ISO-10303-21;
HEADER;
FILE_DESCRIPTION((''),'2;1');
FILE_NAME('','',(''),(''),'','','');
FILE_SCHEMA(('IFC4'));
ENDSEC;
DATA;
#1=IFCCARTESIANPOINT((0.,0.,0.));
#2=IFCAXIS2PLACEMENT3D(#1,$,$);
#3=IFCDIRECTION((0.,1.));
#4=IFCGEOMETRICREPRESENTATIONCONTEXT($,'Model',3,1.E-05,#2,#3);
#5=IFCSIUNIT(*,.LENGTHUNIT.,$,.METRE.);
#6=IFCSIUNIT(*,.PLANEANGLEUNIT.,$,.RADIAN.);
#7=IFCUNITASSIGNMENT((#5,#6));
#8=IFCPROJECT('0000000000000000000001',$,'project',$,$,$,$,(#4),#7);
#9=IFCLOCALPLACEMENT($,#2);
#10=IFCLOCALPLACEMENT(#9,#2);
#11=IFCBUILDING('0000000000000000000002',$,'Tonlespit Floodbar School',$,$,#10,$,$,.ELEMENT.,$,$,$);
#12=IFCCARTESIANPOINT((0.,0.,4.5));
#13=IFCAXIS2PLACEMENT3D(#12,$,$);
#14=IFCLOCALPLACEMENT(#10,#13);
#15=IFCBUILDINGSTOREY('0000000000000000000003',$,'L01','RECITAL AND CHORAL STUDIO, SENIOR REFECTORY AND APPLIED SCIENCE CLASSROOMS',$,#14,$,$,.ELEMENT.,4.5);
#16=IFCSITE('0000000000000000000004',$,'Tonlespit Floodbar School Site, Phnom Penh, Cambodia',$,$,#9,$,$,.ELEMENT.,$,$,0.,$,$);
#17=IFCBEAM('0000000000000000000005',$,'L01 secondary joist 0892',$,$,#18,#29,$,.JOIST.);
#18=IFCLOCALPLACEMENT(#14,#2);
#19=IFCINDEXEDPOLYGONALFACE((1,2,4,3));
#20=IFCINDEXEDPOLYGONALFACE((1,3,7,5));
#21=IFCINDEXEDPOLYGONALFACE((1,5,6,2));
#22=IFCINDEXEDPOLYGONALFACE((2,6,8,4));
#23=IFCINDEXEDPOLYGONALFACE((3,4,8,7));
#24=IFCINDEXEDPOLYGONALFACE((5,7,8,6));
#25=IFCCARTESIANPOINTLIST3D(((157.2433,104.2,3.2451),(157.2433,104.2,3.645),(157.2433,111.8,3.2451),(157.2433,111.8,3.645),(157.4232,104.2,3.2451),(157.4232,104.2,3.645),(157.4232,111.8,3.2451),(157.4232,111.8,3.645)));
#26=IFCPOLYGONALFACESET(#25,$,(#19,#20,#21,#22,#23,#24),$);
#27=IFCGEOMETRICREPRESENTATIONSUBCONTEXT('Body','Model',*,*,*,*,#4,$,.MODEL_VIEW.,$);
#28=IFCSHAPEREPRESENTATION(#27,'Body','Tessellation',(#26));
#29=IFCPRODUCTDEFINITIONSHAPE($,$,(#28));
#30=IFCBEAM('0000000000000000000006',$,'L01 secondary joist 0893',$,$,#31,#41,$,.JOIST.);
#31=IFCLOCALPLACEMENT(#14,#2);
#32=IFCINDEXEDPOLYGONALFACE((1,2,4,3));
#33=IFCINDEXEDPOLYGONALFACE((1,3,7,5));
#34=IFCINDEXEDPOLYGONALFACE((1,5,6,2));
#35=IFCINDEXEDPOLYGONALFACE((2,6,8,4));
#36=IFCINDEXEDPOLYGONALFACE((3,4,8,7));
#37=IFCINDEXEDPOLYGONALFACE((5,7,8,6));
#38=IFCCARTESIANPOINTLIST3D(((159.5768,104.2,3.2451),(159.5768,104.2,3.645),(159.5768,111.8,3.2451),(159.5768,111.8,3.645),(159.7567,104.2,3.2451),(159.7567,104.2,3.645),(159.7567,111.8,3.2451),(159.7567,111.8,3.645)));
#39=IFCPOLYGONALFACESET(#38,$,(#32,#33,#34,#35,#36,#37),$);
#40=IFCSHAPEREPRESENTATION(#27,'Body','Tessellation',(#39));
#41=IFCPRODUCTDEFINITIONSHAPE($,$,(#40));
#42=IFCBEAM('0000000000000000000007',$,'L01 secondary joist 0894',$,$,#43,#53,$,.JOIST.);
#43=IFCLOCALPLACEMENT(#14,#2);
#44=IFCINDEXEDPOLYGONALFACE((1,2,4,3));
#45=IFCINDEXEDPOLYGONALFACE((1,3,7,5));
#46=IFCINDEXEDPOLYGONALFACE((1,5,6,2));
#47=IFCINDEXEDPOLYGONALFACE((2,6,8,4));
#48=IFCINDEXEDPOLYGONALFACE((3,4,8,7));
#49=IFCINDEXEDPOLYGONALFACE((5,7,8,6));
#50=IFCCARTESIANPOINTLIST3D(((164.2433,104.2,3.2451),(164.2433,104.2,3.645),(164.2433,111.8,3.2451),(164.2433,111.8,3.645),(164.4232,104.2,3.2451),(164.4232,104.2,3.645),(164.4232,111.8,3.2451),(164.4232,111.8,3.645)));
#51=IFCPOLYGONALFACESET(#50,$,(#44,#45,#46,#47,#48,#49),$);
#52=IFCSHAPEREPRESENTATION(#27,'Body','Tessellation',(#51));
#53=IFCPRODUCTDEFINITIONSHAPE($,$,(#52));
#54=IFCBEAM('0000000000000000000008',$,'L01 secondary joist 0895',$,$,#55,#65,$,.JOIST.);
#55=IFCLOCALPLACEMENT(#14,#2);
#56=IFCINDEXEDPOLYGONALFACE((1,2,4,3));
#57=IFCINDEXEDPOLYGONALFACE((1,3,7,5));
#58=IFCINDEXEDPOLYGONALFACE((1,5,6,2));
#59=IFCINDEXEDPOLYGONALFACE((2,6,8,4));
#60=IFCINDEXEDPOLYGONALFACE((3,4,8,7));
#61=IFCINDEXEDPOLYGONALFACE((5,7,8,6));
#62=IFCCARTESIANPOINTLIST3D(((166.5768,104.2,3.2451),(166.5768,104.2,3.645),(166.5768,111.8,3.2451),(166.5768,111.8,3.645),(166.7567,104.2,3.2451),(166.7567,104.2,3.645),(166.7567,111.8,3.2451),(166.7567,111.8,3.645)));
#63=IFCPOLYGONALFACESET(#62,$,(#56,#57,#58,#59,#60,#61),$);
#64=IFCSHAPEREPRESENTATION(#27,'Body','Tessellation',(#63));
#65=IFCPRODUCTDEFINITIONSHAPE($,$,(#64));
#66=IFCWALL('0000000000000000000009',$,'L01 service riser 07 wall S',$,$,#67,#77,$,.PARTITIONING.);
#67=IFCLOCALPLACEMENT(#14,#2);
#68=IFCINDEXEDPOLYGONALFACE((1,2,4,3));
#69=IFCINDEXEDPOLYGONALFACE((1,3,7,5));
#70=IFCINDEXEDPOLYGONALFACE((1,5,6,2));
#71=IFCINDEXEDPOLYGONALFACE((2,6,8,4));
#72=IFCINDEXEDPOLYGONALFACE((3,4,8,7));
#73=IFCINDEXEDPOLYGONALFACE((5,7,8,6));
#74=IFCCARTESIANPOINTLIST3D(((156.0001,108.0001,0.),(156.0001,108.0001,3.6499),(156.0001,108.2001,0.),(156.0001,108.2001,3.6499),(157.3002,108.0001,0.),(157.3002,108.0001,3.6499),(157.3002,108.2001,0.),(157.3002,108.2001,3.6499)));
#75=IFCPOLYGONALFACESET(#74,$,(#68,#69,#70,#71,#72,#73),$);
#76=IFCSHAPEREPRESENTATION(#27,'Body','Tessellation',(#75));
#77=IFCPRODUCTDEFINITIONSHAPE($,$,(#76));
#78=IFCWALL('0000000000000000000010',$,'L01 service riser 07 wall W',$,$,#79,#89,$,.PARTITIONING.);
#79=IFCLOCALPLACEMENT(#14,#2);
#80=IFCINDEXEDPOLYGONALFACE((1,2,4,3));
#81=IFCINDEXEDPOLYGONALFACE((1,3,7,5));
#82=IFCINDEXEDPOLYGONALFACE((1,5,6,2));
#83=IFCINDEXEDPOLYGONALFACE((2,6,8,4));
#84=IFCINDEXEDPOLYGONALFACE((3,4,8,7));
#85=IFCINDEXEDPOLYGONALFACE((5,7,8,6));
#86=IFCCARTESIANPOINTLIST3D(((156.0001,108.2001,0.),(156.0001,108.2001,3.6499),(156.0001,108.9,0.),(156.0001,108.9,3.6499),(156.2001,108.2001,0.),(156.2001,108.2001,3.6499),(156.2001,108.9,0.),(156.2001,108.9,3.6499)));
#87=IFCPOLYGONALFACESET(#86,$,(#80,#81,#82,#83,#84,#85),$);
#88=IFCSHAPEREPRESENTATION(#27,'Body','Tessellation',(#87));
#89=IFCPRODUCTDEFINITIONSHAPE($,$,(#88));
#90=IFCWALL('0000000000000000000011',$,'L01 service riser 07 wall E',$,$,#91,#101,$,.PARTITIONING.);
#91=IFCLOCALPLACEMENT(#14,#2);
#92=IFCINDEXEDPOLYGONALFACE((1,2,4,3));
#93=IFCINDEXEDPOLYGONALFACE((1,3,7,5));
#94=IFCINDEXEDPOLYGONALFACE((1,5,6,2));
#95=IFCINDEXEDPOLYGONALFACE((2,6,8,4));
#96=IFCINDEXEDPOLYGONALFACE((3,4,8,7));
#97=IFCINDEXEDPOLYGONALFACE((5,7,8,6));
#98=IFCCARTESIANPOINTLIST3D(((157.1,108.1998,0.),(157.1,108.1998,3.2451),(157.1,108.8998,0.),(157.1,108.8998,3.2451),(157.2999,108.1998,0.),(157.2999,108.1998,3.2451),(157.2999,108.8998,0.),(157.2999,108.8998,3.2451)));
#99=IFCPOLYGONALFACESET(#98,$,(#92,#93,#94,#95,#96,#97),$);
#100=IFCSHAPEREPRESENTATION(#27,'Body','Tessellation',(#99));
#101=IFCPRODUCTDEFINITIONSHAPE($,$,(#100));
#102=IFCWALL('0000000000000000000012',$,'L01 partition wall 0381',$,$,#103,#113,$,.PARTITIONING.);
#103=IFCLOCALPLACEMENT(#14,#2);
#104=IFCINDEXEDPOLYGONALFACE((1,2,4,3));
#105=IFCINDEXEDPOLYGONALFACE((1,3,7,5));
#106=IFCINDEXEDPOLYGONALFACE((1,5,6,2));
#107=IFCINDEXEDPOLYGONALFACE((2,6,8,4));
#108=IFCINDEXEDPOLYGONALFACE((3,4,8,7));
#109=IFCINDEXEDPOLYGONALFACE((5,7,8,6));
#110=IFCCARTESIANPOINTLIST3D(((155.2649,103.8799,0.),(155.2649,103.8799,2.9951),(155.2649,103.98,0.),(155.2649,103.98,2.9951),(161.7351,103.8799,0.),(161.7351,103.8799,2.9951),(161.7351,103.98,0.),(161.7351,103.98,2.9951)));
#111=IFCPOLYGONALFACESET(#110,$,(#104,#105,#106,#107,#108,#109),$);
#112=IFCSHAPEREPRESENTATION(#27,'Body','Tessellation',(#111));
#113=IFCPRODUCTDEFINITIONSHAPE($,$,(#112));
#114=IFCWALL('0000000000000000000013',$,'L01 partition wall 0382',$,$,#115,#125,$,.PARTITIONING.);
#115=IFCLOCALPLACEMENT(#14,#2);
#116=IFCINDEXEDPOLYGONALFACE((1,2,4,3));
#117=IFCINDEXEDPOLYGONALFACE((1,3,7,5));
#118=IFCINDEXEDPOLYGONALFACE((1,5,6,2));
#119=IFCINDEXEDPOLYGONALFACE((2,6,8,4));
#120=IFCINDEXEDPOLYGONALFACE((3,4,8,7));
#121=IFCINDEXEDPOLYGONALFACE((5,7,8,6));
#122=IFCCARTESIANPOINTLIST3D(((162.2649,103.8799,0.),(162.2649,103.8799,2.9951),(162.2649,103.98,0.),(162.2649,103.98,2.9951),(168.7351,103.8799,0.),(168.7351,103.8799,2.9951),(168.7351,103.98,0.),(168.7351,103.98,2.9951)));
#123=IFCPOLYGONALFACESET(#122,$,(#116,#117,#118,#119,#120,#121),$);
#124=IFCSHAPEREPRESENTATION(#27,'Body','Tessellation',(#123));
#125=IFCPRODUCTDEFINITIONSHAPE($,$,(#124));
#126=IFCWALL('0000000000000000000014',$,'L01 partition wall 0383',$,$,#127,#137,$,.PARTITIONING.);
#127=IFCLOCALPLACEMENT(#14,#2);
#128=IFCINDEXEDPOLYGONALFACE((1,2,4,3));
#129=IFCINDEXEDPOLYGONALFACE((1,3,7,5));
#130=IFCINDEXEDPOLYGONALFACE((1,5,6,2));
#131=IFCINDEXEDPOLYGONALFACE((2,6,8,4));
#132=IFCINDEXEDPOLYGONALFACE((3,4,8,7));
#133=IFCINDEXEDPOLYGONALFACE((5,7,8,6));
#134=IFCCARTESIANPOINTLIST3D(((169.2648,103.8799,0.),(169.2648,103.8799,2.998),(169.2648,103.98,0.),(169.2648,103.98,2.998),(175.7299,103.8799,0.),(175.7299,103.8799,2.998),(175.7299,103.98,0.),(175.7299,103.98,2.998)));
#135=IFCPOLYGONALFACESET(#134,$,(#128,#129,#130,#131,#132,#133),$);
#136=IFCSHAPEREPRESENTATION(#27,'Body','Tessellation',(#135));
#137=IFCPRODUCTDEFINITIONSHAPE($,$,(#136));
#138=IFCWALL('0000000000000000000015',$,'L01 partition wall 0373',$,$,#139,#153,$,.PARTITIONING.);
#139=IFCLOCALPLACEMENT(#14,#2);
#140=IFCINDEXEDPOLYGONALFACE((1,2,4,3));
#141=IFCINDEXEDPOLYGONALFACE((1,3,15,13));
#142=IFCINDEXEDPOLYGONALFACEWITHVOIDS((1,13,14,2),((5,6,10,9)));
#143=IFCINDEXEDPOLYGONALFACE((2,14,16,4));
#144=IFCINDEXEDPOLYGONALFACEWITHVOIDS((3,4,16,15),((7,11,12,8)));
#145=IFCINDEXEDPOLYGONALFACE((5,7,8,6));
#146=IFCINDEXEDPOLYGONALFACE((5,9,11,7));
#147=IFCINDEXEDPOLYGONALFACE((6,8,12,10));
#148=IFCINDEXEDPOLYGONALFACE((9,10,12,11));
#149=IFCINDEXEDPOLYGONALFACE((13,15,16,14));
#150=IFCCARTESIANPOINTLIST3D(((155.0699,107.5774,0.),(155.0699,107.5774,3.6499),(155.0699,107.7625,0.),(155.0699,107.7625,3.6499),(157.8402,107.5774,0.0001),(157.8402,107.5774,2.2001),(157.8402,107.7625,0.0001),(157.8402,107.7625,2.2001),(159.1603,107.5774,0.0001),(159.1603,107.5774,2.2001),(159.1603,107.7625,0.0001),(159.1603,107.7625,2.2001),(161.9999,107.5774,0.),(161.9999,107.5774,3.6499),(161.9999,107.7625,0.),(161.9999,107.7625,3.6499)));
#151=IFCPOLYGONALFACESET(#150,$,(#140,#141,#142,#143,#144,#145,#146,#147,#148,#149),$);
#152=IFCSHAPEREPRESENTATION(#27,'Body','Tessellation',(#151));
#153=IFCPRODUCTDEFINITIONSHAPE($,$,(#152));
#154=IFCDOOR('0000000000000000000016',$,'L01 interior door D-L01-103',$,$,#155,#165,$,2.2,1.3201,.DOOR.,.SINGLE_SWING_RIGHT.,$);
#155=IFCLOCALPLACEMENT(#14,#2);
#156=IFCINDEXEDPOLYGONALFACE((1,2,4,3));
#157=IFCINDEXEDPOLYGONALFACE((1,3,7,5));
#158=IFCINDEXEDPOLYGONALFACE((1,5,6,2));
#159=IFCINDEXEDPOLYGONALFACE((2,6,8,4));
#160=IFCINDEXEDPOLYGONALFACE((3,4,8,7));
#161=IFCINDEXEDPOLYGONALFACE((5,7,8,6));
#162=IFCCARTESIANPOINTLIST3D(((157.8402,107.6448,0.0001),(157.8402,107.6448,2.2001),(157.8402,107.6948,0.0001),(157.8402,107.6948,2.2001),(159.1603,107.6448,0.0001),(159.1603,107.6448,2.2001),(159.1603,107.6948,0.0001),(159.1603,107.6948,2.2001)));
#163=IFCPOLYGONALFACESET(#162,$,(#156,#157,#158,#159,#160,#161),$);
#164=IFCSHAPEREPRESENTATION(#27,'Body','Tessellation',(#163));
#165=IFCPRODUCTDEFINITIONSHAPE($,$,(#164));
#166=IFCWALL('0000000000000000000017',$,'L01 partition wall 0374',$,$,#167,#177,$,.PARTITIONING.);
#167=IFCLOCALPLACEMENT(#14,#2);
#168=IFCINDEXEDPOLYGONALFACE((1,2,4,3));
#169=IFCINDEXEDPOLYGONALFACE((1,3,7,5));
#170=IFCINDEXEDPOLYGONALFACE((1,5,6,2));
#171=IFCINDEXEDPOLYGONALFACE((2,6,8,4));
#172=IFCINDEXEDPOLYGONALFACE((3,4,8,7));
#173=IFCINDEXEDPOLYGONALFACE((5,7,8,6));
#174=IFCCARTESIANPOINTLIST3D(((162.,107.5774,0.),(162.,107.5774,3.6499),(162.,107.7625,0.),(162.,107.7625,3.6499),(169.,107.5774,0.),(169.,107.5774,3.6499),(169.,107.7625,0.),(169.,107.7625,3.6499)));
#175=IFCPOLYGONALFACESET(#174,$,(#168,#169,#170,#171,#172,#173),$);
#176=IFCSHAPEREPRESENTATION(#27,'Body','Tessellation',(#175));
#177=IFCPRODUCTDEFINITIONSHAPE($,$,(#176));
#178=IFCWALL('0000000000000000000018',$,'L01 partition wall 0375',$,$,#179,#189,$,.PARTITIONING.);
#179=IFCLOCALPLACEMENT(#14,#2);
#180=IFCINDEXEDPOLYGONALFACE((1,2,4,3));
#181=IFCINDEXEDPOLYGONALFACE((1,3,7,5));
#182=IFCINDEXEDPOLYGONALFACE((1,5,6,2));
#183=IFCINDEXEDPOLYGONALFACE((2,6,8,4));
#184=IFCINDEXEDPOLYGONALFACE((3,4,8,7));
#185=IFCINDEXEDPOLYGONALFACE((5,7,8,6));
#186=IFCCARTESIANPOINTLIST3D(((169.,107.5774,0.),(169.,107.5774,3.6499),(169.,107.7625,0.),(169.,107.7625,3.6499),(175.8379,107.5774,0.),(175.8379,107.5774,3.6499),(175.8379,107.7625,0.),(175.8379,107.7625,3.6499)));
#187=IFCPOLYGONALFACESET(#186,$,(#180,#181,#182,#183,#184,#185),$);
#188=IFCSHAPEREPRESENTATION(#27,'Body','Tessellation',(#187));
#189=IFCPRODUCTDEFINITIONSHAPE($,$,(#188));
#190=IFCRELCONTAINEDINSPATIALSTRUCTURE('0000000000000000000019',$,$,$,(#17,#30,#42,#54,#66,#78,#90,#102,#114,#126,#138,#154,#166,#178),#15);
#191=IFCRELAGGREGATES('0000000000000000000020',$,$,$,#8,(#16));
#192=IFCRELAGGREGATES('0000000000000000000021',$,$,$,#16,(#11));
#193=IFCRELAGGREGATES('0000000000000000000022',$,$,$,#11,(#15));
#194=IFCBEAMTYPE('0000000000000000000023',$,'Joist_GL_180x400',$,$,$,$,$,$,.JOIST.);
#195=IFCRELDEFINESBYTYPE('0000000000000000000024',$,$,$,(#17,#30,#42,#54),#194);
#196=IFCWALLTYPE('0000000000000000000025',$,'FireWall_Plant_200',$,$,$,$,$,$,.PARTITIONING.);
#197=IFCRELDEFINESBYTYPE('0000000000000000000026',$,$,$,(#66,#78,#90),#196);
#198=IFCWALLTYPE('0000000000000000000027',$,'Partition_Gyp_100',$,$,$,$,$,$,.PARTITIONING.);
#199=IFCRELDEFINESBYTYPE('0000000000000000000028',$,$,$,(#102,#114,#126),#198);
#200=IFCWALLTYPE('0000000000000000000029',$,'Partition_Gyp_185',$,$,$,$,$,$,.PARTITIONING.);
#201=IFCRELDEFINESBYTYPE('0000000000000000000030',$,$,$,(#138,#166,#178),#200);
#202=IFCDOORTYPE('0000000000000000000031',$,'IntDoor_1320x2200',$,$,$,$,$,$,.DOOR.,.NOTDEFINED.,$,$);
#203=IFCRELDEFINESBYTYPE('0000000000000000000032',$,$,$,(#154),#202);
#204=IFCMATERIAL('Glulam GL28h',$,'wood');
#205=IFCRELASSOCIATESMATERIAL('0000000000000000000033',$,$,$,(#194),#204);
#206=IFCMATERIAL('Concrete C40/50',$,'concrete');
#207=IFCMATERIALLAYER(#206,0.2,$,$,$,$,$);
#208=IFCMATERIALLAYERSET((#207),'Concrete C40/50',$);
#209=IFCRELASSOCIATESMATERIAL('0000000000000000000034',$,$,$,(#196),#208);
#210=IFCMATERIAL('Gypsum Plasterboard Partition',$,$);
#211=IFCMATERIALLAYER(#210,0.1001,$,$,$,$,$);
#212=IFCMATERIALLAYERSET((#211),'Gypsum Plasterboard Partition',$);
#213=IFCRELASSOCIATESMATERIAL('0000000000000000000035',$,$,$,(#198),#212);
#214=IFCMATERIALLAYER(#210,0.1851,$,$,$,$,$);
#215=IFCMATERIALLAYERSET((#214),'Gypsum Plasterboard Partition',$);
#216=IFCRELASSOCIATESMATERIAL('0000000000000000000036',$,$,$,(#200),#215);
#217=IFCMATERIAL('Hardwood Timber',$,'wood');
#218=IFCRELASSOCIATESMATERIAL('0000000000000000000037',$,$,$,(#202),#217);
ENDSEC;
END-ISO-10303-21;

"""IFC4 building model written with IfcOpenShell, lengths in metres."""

from ifc_helpers import new_model, si_unit, direction, frame, frame_2d, origin, origin_2d, place, context, subcontext, project, spatial, rectangle, extrude, material, layer, layer_set, material_profile, profile_set, type_object, element, fill, save


model = new_model("IFC4")

# Units and contexts
model_context = context("Model", 3, precision=1e-05, world=origin(), true_north=direction((0.0, 1.0)))
body_context = subcontext(model_context, "Body", "Model", "MODEL_VIEW")
ifc_project = project(units=[si_unit("LENGTHUNIT", "METRE"), si_unit("PLANEANGLEUNIT", "RADIAN")], contexts=[model_context])

# Site, building, storey
site_placement = place(None, origin())
site = spatial("IfcSite", under=ifc_project, at=site_placement, Name="Tonlespit Floodbar School Site, Phnom Penh, Cambodia", CompositionType="ELEMENT", RefElevation=0.0)
building_placement = place(site_placement, origin())
building = spatial("IfcBuilding", under=site, at=building_placement, Name="Tonlespit Floodbar School", CompositionType="ELEMENT")
storey_placement = place(building_placement, frame((0.0, 0.0, 4.5)))
storey = spatial("IfcBuildingStorey", under=building, at=storey_placement, Name="L01", Description="RECITAL AND CHORAL STUDIO, SENIOR REFECTORY AND APPLIED SCIENCE CLASSROOMS", CompositionType="ELEMENT", Elevation=4.5)

# Shared definitions
ifc_material_1 = material(Name="Concrete C40/50", Category="concrete")

# Beams
ifc_material_2 = material(Name="Glulam GL28h", Category="wood")
ifc_material_profile_1 = material_profile(ifc_material_2, rectangle(XDim=0.1799, YDim=0.3999, at=origin_2d()), Name="GL 180x400")
ifc_profile_set_1 = profile_set([ifc_material_profile_1], Name="Glulam GL28h")
beam_type_1 = type_object("IfcBeamType", Name="Joist_GL_180x400", PredefinedType="JOIST", material=ifc_profile_set_1)
for number, where, z_axis, x_axis, name in (
    (1, (157.3333, 104.2, 3.4451), (0.0, 1.0, 0.0), (-1.0, 0.0, 0.0), "L01 secondary joist 0892"),
    (2, (159.6667, 104.2, 3.4451), (0.0, 1.0, 0.0), (-1.0, 0.0, 0.0), "L01 secondary joist 0893"),
    (3, (164.3333, 104.2, 3.4451), (0.0, 1.0, 0.0), (-1.0, 0.0, 0.0), "L01 secondary joist 0894"),
    (4, (166.6667, 104.2, 3.4451), (0.0, 1.0, 0.0), (-1.0, 0.0, 0.0), "L01 secondary joist 0895"),
):
    element("IfcBeam", number, at=place(storey_placement, frame(where, z_axis=z_axis, x_axis=x_axis)), inside=storey, type_object=beam_type_1, Name=name, PredefinedType="JOIST", context=body_context, shape_type="SweptSolid", body=[
        extrude(rectangle(XDim=0.1799, YDim=0.3999, at=origin_2d()), origin(), (0.0, 0.0, 1.0), 7.6001),
    ])

# Walls
ifc_layer_1 = layer(ifc_material_1, 0.2)
ifc_layer_set_1 = layer_set([ifc_layer_1], Name="Concrete C40/50")
wall_type_1 = type_object("IfcWallType", Name="FireWall_Plant_200", PredefinedType="PARTITIONING", material=ifc_layer_set_1)
wall_1_placement = place(storey_placement, frame((157.3, 108.1001, 0.0), z_axis=(0.0, 0.0, 1.0), x_axis=(-1.0, 0.0, 0.0)))
element("IfcWall", 5, at=wall_1_placement, inside=storey, type_object=wall_type_1, Name="L01 service riser 07 wall S", PredefinedType="PARTITIONING", context=body_context, shape_type="SweptSolid", body=[
    extrude(rectangle(XDim=1.3, YDim=0.2, at=frame_2d((0.6499, 0.0))), origin(), (0.0, 0.0, 1.0), 3.6499),
])
wall_2_placement = place(storey_placement, frame((156.1001, 108.2, 0.0), z_axis=(0.0, 0.0, 1.0), x_axis=(0.0, 1.0, 0.0)))
element("IfcWall", 6, at=wall_2_placement, inside=storey, type_object=wall_type_1, Name="L01 service riser 07 wall W", PredefinedType="PARTITIONING", context=body_context, shape_type="SweptSolid", body=[
    extrude(rectangle(XDim=0.7, YDim=0.2, at=frame_2d((0.3501, 0.0))), origin(), (0.0, 0.0, 1.0), 3.6499),
])
wall_3_placement = place(storey_placement, frame((157.2, 108.8999, 0.0), z_axis=(0.0, 0.0, 1.0), x_axis=(0.0, -1.0, 0.0)))
element("IfcWall", 7, at=wall_3_placement, inside=storey, type_object=wall_type_1, Name="L01 service riser 07 wall E", PredefinedType="PARTITIONING", context=body_context, shape_type="SweptSolid", body=[
    extrude(rectangle(XDim=0.7, YDim=0.2, at=frame_2d((0.3501, 0.0))), origin(), (0.0, 0.0, 1.0), 3.2451),
])
ifc_material_3 = material(Name="Gypsum Plasterboard Partition")
ifc_layer_2 = layer(ifc_material_3, 0.1001)
ifc_layer_set_2 = layer_set([ifc_layer_2], Name="Gypsum Plasterboard Partition")
wall_type_2 = type_object("IfcWallType", Name="Partition_Gyp_100", PredefinedType="PARTITIONING", material=ifc_layer_set_2)
for number, where, z_axis, x_axis, name in (
    (8, (155.2649, 103.9299, 0.0), (0.0, 0.0, 1.0), (1.0, 0.0, 0.0), "L01 partition wall 0381"),
    (9, (162.2649, 103.9299, 0.0), (0.0, 0.0, 1.0), (1.0, 0.0, 0.0), "L01 partition wall 0382"),
):
    element("IfcWall", number, at=place(storey_placement, frame(where, z_axis=z_axis, x_axis=x_axis)), inside=storey, type_object=wall_type_2, Name=name, PredefinedType="PARTITIONING", context=body_context, shape_type="SweptSolid", body=[
        extrude(rectangle(XDim=6.4702, YDim=0.1001, at=frame_2d((3.2351, 0.0))), origin(), (0.0, 0.0, 1.0), 2.9951),
    ])
wall_4_placement = place(storey_placement, frame((169.2649, 103.9299, 0.0), z_axis=(0.0, 0.0, 1.0), x_axis=(1.0, 0.0, 0.0)))
element("IfcWall", 10, at=wall_4_placement, inside=storey, type_object=wall_type_2, Name="L01 partition wall 0383", PredefinedType="PARTITIONING", context=body_context, shape_type="SweptSolid", body=[
    extrude(rectangle(XDim=6.4651, YDim=0.1001, at=frame_2d((3.2324, 0.0))), origin(), (0.0, 0.0, 1.0), 2.998),
])

# Wall, opening, door
ifc_layer_3 = layer(ifc_material_3, 0.1851)
ifc_layer_set_3 = layer_set([ifc_layer_3], Name="Gypsum Plasterboard Partition")
wall_type_3 = type_object("IfcWallType", Name="Partition_Gyp_185", PredefinedType="PARTITIONING", material=ifc_layer_set_3)
wall_5_placement = place(storey_placement, frame((155.0701, 107.6699, 0.0), z_axis=(0.0, 0.0, 1.0), x_axis=(1.0, 0.0, 0.0)))
wall_5 = element("IfcWall", 11, at=wall_5_placement, inside=storey, type_object=wall_type_3, Name="L01 partition wall 0373", PredefinedType="PARTITIONING", context=body_context, shape_type="SweptSolid", body=[
    extrude(rectangle(XDim=6.9299, YDim=0.1851, at=frame_2d((3.4648, 0.0))), origin(), (0.0, 0.0, 1.0), 3.6499),
])
opening_placement = place(wall_5_placement, frame((2.77, 0.0, 0.0)))
opening = element("IfcOpeningElement", 12, at=opening_placement, cuts=wall_5, PredefinedType="OPENING", context=body_context, shape_type="SweptSolid", body=[
    extrude(rectangle(XDim=1.3201, YDim=2.2, at=frame_2d((0.6602, 1.1001))), frame((0.0, 0.1025, 0.0), z_axis=(0.0, -1.0, 0.0), x_axis=(1.0, 0.0, 0.0)), (0.0, 0.0, 1.0), 0.2051),
])
ifc_material_4 = material(Name="Hardwood Timber", Category="wood")
door_type = type_object("IfcDoorType", Name="IntDoor_1320x2200", OperationType="NOTDEFINED", PredefinedType="DOOR", material=ifc_material_4)
door_placement = place(opening_placement, origin())
door = element("IfcDoor", 13, at=door_placement, inside=storey, type_object=door_type, Name="L01 interior door D-L01-103", OperationType="SINGLE_SWING_RIGHT", OverallHeight=2.2, OverallWidth=1.3201, PredefinedType="DOOR", context=body_context, shape_type="SweptSolid", body=[
    extrude(rectangle(XDim=1.3201, YDim=2.2, at=frame_2d((0.6602, 1.1001))), frame((0.0, 0.0249, 0.0), z_axis=(0.0, -1.0, 0.0), x_axis=(1.0, 0.0, 0.0)), (0.0, 0.0, 1.0), 0.05),
])
fill(opening, door)

# Walls
wall_6_placement = place(storey_placement, frame((162.0, 107.6699, 0.0), z_axis=(0.0, 0.0, 1.0), x_axis=(1.0, 0.0, 0.0)))
element("IfcWall", 14, at=wall_6_placement, inside=storey, type_object=wall_type_3, Name="L01 partition wall 0374", PredefinedType="PARTITIONING", context=body_context, shape_type="SweptSolid", body=[
    extrude(rectangle(XDim=7.0, YDim=0.1851, at=frame_2d((3.5, 0.0))), origin(), (0.0, 0.0, 1.0), 3.6499),
])
wall_7_placement = place(storey_placement, frame((169.0, 107.6699, 0.0), z_axis=(0.0, 0.0, 1.0), x_axis=(1.0, 0.0, 0.0)))
element("IfcWall", 15, at=wall_7_placement, inside=storey, type_object=wall_type_3, Name="L01 partition wall 0375", PredefinedType="PARTITIONING", context=body_context, shape_type="SweptSolid", body=[
    extrude(rectangle(XDim=6.8379, YDim=0.1851, at=frame_2d((3.4189, 0.0))), origin(), (0.0, 0.0, 1.0), 3.6499),
])

save(model, "model.ifc")
